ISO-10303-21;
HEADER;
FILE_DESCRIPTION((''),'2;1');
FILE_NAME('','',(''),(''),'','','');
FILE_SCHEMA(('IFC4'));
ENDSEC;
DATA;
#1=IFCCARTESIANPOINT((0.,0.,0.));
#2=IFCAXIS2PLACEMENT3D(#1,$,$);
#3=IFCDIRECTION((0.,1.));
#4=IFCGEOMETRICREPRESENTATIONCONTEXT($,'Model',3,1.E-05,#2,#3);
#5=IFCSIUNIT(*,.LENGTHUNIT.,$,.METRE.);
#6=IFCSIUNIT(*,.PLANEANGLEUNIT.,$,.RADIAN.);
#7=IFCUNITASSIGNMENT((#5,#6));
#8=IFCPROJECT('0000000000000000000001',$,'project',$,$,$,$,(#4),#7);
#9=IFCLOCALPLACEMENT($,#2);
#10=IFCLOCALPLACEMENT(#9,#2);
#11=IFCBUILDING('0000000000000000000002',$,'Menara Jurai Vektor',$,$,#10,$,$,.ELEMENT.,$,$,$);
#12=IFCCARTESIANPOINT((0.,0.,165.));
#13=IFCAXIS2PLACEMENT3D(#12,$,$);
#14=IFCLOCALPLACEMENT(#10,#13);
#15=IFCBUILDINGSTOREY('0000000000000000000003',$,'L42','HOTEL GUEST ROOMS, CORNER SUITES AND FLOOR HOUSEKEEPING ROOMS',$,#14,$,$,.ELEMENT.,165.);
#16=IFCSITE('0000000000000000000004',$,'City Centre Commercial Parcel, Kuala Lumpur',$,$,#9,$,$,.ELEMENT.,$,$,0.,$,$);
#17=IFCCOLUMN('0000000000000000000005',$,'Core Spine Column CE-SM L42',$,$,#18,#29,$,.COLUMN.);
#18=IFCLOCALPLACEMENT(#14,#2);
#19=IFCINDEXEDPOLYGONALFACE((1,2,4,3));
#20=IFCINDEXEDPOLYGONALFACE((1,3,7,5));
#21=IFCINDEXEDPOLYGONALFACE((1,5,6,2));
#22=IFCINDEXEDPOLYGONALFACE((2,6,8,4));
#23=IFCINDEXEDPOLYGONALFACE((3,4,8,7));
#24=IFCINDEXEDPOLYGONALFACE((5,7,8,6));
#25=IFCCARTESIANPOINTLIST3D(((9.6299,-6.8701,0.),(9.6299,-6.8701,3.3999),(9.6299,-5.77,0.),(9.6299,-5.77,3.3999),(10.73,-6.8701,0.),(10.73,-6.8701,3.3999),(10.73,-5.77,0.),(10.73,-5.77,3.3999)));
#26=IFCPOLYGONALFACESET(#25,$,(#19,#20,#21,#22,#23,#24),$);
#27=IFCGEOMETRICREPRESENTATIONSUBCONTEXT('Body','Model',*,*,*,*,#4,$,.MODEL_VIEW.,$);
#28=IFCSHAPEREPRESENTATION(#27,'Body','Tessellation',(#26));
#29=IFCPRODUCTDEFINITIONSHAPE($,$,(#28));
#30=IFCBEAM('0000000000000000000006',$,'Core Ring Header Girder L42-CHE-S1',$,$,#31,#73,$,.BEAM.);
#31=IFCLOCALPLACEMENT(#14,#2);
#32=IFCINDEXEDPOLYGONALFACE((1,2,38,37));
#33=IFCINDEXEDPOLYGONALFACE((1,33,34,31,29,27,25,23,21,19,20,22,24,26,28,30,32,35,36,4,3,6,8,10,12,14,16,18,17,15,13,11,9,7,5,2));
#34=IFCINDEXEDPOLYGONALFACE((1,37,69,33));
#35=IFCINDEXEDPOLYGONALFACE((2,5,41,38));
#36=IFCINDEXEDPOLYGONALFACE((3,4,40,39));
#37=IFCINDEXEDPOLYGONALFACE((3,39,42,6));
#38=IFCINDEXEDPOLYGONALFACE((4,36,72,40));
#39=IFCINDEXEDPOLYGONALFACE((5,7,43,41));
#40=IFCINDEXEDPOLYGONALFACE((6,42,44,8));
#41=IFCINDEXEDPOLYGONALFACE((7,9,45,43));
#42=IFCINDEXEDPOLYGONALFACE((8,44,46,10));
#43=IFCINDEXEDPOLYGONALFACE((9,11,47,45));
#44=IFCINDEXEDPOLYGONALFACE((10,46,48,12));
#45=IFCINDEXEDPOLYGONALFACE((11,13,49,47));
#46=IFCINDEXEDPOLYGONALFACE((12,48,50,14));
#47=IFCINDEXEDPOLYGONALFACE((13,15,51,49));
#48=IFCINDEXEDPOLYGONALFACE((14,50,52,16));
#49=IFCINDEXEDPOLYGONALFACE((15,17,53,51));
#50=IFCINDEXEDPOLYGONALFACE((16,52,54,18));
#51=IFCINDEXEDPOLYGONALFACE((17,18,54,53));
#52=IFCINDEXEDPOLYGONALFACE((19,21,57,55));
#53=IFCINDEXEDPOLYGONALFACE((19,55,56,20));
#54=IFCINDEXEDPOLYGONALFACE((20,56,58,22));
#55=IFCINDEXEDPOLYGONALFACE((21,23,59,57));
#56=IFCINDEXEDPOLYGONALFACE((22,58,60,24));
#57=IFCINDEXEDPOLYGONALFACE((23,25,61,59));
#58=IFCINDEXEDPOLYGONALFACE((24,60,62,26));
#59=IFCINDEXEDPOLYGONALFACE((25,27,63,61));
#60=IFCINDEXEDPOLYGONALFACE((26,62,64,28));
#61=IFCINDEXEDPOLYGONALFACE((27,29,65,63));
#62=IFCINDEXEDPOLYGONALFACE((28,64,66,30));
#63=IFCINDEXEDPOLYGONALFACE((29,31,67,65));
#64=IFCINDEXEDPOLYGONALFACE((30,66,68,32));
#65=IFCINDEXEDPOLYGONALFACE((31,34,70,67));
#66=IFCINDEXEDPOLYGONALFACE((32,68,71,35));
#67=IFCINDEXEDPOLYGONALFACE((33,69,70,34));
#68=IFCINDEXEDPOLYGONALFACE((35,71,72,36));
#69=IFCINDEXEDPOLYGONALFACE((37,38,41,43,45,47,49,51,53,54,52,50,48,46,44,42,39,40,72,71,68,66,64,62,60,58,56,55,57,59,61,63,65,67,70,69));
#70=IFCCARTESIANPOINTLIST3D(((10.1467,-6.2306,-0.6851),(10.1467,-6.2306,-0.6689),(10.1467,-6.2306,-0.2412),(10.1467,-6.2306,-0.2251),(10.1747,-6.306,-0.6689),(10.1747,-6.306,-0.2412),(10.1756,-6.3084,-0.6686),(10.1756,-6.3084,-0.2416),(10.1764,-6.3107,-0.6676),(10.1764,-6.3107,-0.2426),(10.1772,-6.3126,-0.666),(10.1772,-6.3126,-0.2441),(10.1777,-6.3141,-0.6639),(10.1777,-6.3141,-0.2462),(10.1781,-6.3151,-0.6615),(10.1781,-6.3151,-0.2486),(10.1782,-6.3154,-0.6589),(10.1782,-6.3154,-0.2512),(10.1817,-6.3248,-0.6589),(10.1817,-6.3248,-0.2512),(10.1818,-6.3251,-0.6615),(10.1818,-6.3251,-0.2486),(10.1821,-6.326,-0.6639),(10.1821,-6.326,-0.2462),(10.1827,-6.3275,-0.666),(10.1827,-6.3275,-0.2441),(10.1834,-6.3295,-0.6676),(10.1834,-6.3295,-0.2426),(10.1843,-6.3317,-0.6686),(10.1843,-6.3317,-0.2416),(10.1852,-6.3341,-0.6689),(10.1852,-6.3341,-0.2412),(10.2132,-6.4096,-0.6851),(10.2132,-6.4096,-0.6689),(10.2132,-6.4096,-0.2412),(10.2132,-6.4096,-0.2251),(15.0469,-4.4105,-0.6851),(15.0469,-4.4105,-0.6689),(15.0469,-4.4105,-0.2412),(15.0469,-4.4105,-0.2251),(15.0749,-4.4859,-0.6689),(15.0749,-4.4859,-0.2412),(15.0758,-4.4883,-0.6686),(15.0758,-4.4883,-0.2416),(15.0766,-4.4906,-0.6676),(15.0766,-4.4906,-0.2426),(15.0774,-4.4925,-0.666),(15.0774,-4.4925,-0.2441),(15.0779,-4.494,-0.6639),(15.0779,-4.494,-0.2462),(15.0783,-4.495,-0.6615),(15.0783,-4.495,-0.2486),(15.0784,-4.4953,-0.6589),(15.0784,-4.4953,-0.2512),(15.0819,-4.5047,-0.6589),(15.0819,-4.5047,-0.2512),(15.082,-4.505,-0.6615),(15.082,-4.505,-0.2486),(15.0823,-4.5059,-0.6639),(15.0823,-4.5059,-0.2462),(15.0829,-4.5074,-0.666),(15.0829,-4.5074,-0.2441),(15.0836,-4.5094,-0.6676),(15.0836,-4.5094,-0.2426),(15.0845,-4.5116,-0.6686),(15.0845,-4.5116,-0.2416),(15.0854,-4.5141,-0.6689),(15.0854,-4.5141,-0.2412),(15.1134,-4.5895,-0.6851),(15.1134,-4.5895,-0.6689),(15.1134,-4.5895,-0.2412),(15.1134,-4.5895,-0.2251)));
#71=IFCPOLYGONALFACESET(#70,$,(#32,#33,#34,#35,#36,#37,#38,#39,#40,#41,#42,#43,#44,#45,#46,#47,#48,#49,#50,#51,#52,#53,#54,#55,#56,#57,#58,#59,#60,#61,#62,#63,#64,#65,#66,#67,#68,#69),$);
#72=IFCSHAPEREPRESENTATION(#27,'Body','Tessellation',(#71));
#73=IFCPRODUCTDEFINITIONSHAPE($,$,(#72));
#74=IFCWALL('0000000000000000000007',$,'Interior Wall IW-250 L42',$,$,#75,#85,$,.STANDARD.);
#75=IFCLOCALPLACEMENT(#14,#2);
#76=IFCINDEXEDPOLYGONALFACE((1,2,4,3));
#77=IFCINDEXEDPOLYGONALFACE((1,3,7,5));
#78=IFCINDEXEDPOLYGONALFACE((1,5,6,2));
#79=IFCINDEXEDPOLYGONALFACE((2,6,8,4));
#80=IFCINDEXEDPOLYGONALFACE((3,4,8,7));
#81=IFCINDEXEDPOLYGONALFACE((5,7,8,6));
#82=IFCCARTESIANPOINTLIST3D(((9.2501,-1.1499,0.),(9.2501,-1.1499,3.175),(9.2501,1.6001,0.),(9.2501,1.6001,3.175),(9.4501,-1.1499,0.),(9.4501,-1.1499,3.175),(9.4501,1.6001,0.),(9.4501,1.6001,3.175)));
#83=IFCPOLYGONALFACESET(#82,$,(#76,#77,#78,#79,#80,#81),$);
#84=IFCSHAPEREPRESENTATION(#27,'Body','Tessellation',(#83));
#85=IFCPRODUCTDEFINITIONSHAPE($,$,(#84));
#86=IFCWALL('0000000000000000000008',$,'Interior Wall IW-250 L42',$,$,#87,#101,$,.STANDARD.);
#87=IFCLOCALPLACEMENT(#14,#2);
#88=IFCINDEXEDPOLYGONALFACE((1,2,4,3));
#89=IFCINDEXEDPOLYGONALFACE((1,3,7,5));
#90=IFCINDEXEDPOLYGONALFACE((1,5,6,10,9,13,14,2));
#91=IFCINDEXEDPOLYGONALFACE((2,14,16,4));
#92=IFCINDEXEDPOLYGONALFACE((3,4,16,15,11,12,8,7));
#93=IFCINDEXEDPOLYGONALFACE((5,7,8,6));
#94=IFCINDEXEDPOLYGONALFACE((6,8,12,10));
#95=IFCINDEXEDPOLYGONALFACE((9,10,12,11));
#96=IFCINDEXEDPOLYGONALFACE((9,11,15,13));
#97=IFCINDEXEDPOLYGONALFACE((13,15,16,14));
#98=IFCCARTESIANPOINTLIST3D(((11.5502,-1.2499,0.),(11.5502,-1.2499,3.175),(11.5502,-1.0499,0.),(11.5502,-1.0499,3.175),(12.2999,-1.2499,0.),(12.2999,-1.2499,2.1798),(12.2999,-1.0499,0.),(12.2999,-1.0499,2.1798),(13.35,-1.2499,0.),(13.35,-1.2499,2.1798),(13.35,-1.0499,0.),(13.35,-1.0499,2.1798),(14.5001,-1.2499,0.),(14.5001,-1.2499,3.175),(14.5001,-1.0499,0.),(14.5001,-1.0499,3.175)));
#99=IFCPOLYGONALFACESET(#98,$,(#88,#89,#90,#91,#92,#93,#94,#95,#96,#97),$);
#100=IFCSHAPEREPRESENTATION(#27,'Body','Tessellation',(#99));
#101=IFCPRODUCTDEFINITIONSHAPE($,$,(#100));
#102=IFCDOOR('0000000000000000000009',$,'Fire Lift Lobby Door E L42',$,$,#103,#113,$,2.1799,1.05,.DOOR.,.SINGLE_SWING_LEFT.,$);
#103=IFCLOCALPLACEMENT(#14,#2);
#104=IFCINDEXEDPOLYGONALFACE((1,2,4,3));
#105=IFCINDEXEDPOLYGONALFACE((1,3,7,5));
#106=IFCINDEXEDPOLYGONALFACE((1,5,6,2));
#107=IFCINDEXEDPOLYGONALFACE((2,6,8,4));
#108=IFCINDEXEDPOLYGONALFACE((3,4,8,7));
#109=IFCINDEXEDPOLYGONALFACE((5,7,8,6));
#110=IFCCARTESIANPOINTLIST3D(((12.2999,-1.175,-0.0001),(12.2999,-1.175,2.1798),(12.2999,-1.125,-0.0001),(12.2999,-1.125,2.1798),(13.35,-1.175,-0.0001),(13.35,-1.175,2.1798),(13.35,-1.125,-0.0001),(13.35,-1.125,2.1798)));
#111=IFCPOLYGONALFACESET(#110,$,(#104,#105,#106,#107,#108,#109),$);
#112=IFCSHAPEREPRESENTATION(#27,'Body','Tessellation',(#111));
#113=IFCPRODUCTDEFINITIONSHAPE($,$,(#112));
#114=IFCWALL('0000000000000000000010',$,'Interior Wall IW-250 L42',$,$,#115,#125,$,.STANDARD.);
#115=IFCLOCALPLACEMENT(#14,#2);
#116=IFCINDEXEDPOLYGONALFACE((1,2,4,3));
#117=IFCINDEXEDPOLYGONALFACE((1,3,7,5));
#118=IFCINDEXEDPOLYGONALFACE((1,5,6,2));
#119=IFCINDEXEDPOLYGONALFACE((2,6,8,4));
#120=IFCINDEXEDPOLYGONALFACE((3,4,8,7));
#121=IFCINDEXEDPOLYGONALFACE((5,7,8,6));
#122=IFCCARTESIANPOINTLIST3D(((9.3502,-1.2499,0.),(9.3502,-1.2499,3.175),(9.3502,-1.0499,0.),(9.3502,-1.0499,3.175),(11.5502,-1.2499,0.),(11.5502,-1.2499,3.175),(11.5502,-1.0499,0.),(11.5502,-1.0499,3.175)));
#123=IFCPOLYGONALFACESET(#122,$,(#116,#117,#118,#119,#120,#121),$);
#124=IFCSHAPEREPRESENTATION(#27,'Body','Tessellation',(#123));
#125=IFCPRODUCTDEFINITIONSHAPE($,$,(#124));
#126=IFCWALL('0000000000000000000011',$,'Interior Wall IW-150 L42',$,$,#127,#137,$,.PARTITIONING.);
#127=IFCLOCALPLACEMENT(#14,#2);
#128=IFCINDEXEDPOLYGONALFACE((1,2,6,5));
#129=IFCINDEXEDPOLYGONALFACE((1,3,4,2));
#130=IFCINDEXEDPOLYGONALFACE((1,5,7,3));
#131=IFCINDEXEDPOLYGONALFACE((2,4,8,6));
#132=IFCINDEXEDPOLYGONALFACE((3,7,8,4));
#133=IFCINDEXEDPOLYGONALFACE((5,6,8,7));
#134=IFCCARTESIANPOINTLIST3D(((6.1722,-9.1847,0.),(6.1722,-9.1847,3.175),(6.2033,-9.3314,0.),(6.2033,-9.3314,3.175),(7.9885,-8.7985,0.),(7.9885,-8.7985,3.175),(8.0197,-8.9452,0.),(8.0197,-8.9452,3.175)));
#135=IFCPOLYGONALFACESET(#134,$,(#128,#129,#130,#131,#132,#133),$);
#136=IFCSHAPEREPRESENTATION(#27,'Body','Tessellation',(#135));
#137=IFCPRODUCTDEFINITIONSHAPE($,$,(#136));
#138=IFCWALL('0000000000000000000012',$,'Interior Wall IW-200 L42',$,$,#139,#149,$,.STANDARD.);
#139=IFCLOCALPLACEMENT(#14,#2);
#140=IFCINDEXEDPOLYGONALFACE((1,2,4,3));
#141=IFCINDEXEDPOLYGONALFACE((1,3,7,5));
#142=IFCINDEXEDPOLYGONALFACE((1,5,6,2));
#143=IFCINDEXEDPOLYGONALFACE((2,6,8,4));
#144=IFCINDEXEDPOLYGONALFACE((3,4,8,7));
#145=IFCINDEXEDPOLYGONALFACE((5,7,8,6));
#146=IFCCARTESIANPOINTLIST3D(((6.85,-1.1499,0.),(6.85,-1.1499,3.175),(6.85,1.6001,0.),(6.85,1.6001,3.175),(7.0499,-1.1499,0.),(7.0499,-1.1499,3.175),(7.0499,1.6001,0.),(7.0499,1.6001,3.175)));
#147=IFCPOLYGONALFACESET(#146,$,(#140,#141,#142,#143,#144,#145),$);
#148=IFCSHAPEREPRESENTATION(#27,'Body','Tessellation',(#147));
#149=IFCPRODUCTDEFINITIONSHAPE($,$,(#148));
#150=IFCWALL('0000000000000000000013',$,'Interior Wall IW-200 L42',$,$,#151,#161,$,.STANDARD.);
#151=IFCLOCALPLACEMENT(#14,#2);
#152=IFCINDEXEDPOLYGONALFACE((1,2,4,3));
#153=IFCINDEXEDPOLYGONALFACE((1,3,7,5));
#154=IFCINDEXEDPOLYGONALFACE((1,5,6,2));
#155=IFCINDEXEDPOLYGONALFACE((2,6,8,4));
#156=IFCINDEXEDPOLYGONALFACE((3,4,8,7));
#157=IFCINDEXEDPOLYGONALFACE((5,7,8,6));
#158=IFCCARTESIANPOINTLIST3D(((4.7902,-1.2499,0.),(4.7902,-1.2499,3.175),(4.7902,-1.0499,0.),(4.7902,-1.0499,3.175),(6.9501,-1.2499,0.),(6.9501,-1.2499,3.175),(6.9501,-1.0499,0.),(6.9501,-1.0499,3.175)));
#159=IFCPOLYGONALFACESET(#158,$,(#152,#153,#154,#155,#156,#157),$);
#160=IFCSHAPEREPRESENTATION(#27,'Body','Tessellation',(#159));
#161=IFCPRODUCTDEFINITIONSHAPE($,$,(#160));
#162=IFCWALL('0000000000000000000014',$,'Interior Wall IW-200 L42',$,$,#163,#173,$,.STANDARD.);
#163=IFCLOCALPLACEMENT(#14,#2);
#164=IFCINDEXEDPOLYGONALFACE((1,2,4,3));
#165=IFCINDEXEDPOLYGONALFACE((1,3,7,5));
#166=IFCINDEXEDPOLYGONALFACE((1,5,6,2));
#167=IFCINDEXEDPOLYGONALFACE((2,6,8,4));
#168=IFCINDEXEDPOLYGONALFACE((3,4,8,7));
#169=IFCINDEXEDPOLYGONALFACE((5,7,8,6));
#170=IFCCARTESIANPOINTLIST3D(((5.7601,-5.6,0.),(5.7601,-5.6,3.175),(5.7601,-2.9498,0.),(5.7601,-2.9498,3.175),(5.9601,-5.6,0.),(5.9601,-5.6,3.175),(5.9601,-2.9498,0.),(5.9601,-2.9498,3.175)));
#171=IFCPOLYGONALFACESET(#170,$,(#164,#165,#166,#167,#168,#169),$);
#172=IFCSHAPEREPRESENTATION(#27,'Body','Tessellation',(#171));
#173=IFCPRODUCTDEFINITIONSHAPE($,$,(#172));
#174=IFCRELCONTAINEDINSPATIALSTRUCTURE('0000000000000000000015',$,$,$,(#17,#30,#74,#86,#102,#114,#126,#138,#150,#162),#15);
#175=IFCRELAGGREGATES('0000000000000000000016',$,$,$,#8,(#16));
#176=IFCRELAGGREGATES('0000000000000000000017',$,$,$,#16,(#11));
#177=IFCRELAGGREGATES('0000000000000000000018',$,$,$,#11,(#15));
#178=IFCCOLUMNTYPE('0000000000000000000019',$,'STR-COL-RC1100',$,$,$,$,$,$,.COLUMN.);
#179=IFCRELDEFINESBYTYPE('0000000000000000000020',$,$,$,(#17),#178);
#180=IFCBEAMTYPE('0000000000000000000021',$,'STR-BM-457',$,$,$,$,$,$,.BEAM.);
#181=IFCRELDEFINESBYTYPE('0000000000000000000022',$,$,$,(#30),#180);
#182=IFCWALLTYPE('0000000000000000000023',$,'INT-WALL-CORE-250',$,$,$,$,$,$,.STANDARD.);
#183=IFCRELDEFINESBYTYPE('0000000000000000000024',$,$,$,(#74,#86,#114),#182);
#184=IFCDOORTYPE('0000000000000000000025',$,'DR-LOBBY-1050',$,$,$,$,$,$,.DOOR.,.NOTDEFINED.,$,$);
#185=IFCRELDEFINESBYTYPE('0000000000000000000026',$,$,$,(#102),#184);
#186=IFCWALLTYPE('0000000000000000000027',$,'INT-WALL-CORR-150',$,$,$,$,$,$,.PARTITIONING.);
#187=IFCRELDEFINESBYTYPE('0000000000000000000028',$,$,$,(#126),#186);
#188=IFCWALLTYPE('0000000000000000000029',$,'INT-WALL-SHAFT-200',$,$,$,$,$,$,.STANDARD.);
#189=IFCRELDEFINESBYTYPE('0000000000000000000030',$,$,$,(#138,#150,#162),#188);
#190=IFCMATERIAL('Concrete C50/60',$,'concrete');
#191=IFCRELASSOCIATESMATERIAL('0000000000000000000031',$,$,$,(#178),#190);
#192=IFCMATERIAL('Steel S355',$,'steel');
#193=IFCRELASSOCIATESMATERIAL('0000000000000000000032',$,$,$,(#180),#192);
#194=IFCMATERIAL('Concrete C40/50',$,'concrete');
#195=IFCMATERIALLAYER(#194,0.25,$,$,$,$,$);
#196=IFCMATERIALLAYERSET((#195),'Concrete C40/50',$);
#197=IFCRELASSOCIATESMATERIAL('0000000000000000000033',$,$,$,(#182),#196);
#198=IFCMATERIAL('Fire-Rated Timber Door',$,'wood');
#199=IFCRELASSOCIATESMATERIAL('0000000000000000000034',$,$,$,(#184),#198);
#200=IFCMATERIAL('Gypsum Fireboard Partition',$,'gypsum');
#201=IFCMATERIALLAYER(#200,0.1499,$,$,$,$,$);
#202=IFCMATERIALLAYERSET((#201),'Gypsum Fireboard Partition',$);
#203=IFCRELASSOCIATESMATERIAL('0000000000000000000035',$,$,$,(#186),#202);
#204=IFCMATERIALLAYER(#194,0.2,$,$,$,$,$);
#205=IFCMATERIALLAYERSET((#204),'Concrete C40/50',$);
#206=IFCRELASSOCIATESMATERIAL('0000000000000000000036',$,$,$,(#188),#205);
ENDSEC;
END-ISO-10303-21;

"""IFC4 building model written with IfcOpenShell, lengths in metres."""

from ifc_helpers import new_model, si_unit, direction, frame, frame_2d, origin, origin_2d, place, context, subcontext, project, spatial, rectangle, i_section, extrude, material, layer, layer_set, material_profile, profile_set, type_object, element, fill, save


model = new_model("IFC4")

# Units and contexts
model_context = context("Model", 3, precision=1e-05, world=origin(), true_north=direction((0.0, 1.0)))
body_context = subcontext(model_context, "Body", "Model", "MODEL_VIEW")
ifc_project = project(units=[si_unit("LENGTHUNIT", "METRE"), si_unit("PLANEANGLEUNIT", "RADIAN")], contexts=[model_context])

# Site, building, storey
site_placement = place(None, origin())
site = spatial("IfcSite", under=ifc_project, at=site_placement, Name="City Centre Commercial Parcel, Kuala Lumpur", CompositionType="ELEMENT", RefElevation=0.0)
building_placement = place(site_placement, origin())
building = spatial("IfcBuilding", under=site, at=building_placement, Name="Menara Jurai Vektor", CompositionType="ELEMENT")
storey_placement = place(building_placement, frame((0.0, 0.0, 165.0)))
storey = spatial("IfcBuildingStorey", under=building, at=storey_placement, Name="L42", Description="HOTEL GUEST ROOMS, CORNER SUITES AND FLOOR HOUSEKEEPING ROOMS", CompositionType="ELEMENT", Elevation=165.0)

# Column
ifc_material_1 = material(Name="Concrete C50/60", Category="concrete")
ifc_material_profile_1 = material_profile(ifc_material_1, rectangle(XDim=1.1001, YDim=1.1001, at=origin_2d()), Name="RC 1100x1100")
ifc_profile_set_1 = profile_set([ifc_material_profile_1], Name="Concrete C50/60")
column_type = type_object("IfcColumnType", Name="STR-COL-RC1100", PredefinedType="COLUMN", material=ifc_profile_set_1)
column_placement = place(storey_placement, frame((10.1799, -6.3201, 0.0), z_axis=(0.0, 0.0, 1.0), x_axis=(1.0, 0.0, 0.0)))
element("IfcColumn", 1, at=column_placement, inside=storey, type_object=column_type, Name="Core Spine Column CE-SM L42", PredefinedType="COLUMN", context=body_context, shape_type="SweptSolid", body=[
    extrude(rectangle(XDim=1.1001, YDim=1.1001, at=origin_2d()), origin(), (0.0, 0.0, 1.0), 3.3999),
])

# Beam
ifc_material_2 = material(Name="Steel S355", Category="steel")
ifc_material_profile_2 = material_profile(ifc_material_2, i_section(OverallWidth=0.1909, OverallDepth=0.46, WebThickness=0.01, FlangeThickness=0.0161, FilletRadius=0.01, at=origin_2d()), Name="UKB 457x191x82")
ifc_profile_set_2 = profile_set([ifc_material_profile_2], Name="Steel S355")
beam_type = type_object("IfcBeamType", Name="STR-BM-457", PredefinedType="BEAM", material=ifc_profile_set_2)
beam_placement = place(storey_placement, frame((10.1799, -6.3201, -0.4551), z_axis=(0.937424, 0.348189, 0.0), x_axis=(-0.348189, 0.937424, 0.0)))
element("IfcBeam", 2, at=beam_placement, inside=storey, type_object=beam_type, Name="Core Ring Header Girder L42-CHE-S1", PredefinedType="BEAM", context=body_context, shape_type="SweptSolid", body=[
    extrude(i_section(OverallWidth=0.1909, OverallDepth=0.46, WebThickness=0.01, FlangeThickness=0.0161, FilletRadius=0.01, at=origin_2d()), origin(), (0.0, 0.0, 1.0), 5.2273),
])

# Shared definitions
ifc_material_3 = material(Name="Concrete C40/50", Category="concrete")
ifc_layer_1 = layer(ifc_material_3, 0.25)
ifc_layer_set_1 = layer_set([ifc_layer_1], Name="Concrete C40/50")
wall_type_1 = type_object("IfcWallType", Name="INT-WALL-CORE-250", PredefinedType="STANDARD", material=ifc_layer_set_1)

# Wall
wall_1_placement = place(storey_placement, frame((9.3501, -1.1499, 0.0), z_axis=(0.0, 0.0, 1.0), x_axis=(0.0, 1.0, 0.0)))
element("IfcWall", 3, at=wall_1_placement, inside=storey, type_object=wall_type_1, Name="Interior Wall IW-250 L42", PredefinedType="STANDARD", context=body_context, shape_type="SweptSolid", body=[
    extrude(rectangle(XDim=2.75, YDim=0.2, at=frame_2d((1.375, 0.0))), origin(), (0.0, 0.0, 1.0), 3.175),
])

# Wall, opening, door
wall_2_placement = place(storey_placement, frame((11.55, -1.1499, 0.0), z_axis=(0.0, 0.0, 1.0), x_axis=(1.0, 0.0, 0.0)))
wall_2 = element("IfcWall", 4, at=wall_2_placement, inside=storey, type_object=wall_type_1, Name="Interior Wall IW-250 L42", PredefinedType="STANDARD", context=body_context, shape_type="SweptSolid", body=[
    extrude(rectangle(XDim=2.95, YDim=0.2, at=frame_2d((1.4751, 0.0))), origin(), (0.0, 0.0, 1.0), 3.175),
])
opening_1_placement = place(wall_2_placement, frame((0.75, 0.0, 0.0)))
opening_1 = element("IfcOpeningElement", 5, at=opening_1_placement, cuts=wall_2, PredefinedType="OPENING", context=body_context, shape_type="SweptSolid", body=[
    extrude(rectangle(XDim=1.05, YDim=2.1799, at=frame_2d((0.5249, 1.0898))), frame((0.0, 0.1099, 0.0), z_axis=(0.0, -1.0, 0.0), x_axis=(1.0, 0.0, 0.0)), (0.0, 0.0, 1.0), 0.22),
])
ifc_material_4 = material(Name="Fire-Rated Timber Door", Category="wood")
door_type_1 = type_object("IfcDoorType", Name="DR-LOBBY-1050", OperationType="NOTDEFINED", PredefinedType="DOOR", material=ifc_material_4)
door_1_placement = place(opening_1_placement, origin())
door_1 = element("IfcDoor", 6, at=door_1_placement, inside=storey, type_object=door_type_1, Name="Fire Lift Lobby Door E L42", OperationType="SINGLE_SWING_LEFT", OverallHeight=2.1799, OverallWidth=1.05, PredefinedType="DOOR", context=body_context, shape_type="SweptSolid", body=[
    extrude(rectangle(XDim=1.05, YDim=2.1799, at=frame_2d((0.5249, 1.0898))), frame((0.0, 0.0249, 0.0), z_axis=(0.0, -1.0, 0.0), x_axis=(1.0, 0.0, 0.0)), (0.0, 0.0, 1.0), 0.05),
])
fill(opening_1, door_1)

# Wall
wall_3_placement = place(storey_placement, frame((9.3501, -1.1499, 0.0), z_axis=(0.0, 0.0, 1.0), x_axis=(1.0, 0.0, 0.0)))
element("IfcWall", 7, at=wall_3_placement, inside=storey, type_object=wall_type_1, Name="Interior Wall IW-250 L42", PredefinedType="STANDARD", context=body_context, shape_type="SweptSolid", body=[
    extrude(rectangle(XDim=2.2, YDim=0.2, at=frame_2d((1.1001, 0.0))), origin(), (0.0, 0.0, 1.0), 3.175),
])

# Shared definitions
ifc_material_5 = material(Name="Gypsum Fireboard Partition", Category="gypsum")
ifc_layer_2 = layer(ifc_material_5, 0.1499)
ifc_layer_set_2 = layer_set([ifc_layer_2], Name="Gypsum Fireboard Partition")
wall_type_2 = type_object("IfcWallType", Name="INT-WALL-CORR-150", PredefinedType="PARTITIONING", material=ifc_layer_set_2)

# Wall
wall_4_placement = place(storey_placement, frame((6.1877, -9.2581, 0.0), z_axis=(0.0, 0.0, 1.0), x_axis=(0.978132, 0.207985, 0.0)))
element("IfcWall", 8, at=wall_4_placement, inside=storey, type_object=wall_type_2, Name="Interior Wall IW-150 L42", PredefinedType="PARTITIONING", context=body_context, shape_type="SweptSolid", body=[
    extrude(rectangle(XDim=1.8569, YDim=0.1499, at=frame_2d((0.9285, 0.0))), origin(), (0.0, 0.0, 1.0), 3.175),
])

# Wall
ifc_layer_3 = layer(ifc_material_3, 0.2)
ifc_layer_set_3 = layer_set([ifc_layer_3], Name="Concrete C40/50")
wall_type_3 = type_object("IfcWallType", Name="INT-WALL-SHAFT-200", PredefinedType="STANDARD", material=ifc_layer_set_3)
wall_5_placement = place(storey_placement, frame((6.95, -1.1499, 0.0), z_axis=(0.0, 0.0, 1.0), x_axis=(0.0, 1.0, 0.0)))
element("IfcWall", 9, at=wall_5_placement, inside=storey, type_object=wall_type_3, Name="Interior Wall IW-200 L42", PredefinedType="STANDARD", context=body_context, shape_type="SweptSolid", body=[
    extrude(rectangle(XDim=2.75, YDim=0.2, at=frame_2d((1.375, 0.0))), origin(), (0.0, 0.0, 1.0), 3.175),
])

# Walls
wall_6_placement = place(storey_placement, frame((4.79, -1.1499, 0.0), z_axis=(0.0, 0.0, 1.0), x_axis=(1.0, 0.0, 0.0)))
element("IfcWall", 10, at=wall_6_placement, inside=storey, type_object=wall_type_3, Name="Interior Wall IW-200 L42", PredefinedType="STANDARD", context=body_context, shape_type="SweptSolid", body=[
    extrude(rectangle(XDim=2.1599, YDim=0.2, at=frame_2d((1.0801, 0.0))), origin(), (0.0, 0.0, 1.0), 3.175),
])
wall_7_placement = place(storey_placement, frame((5.8601, -5.6001, 0.0), z_axis=(0.0, 0.0, 1.0), x_axis=(0.0, 1.0, 0.0)))
element("IfcWall", 11, at=wall_7_placement, inside=storey, type_object=wall_type_3, Name="Interior Wall IW-200 L42", PredefinedType="STANDARD", context=body_context, shape_type="SweptSolid", body=[
    extrude(rectangle(XDim=2.6501, YDim=0.2, at=frame_2d((1.3252, 0.0))), origin(), (0.0, 0.0, 1.0), 3.175),
])

save(model, "model.ifc")
